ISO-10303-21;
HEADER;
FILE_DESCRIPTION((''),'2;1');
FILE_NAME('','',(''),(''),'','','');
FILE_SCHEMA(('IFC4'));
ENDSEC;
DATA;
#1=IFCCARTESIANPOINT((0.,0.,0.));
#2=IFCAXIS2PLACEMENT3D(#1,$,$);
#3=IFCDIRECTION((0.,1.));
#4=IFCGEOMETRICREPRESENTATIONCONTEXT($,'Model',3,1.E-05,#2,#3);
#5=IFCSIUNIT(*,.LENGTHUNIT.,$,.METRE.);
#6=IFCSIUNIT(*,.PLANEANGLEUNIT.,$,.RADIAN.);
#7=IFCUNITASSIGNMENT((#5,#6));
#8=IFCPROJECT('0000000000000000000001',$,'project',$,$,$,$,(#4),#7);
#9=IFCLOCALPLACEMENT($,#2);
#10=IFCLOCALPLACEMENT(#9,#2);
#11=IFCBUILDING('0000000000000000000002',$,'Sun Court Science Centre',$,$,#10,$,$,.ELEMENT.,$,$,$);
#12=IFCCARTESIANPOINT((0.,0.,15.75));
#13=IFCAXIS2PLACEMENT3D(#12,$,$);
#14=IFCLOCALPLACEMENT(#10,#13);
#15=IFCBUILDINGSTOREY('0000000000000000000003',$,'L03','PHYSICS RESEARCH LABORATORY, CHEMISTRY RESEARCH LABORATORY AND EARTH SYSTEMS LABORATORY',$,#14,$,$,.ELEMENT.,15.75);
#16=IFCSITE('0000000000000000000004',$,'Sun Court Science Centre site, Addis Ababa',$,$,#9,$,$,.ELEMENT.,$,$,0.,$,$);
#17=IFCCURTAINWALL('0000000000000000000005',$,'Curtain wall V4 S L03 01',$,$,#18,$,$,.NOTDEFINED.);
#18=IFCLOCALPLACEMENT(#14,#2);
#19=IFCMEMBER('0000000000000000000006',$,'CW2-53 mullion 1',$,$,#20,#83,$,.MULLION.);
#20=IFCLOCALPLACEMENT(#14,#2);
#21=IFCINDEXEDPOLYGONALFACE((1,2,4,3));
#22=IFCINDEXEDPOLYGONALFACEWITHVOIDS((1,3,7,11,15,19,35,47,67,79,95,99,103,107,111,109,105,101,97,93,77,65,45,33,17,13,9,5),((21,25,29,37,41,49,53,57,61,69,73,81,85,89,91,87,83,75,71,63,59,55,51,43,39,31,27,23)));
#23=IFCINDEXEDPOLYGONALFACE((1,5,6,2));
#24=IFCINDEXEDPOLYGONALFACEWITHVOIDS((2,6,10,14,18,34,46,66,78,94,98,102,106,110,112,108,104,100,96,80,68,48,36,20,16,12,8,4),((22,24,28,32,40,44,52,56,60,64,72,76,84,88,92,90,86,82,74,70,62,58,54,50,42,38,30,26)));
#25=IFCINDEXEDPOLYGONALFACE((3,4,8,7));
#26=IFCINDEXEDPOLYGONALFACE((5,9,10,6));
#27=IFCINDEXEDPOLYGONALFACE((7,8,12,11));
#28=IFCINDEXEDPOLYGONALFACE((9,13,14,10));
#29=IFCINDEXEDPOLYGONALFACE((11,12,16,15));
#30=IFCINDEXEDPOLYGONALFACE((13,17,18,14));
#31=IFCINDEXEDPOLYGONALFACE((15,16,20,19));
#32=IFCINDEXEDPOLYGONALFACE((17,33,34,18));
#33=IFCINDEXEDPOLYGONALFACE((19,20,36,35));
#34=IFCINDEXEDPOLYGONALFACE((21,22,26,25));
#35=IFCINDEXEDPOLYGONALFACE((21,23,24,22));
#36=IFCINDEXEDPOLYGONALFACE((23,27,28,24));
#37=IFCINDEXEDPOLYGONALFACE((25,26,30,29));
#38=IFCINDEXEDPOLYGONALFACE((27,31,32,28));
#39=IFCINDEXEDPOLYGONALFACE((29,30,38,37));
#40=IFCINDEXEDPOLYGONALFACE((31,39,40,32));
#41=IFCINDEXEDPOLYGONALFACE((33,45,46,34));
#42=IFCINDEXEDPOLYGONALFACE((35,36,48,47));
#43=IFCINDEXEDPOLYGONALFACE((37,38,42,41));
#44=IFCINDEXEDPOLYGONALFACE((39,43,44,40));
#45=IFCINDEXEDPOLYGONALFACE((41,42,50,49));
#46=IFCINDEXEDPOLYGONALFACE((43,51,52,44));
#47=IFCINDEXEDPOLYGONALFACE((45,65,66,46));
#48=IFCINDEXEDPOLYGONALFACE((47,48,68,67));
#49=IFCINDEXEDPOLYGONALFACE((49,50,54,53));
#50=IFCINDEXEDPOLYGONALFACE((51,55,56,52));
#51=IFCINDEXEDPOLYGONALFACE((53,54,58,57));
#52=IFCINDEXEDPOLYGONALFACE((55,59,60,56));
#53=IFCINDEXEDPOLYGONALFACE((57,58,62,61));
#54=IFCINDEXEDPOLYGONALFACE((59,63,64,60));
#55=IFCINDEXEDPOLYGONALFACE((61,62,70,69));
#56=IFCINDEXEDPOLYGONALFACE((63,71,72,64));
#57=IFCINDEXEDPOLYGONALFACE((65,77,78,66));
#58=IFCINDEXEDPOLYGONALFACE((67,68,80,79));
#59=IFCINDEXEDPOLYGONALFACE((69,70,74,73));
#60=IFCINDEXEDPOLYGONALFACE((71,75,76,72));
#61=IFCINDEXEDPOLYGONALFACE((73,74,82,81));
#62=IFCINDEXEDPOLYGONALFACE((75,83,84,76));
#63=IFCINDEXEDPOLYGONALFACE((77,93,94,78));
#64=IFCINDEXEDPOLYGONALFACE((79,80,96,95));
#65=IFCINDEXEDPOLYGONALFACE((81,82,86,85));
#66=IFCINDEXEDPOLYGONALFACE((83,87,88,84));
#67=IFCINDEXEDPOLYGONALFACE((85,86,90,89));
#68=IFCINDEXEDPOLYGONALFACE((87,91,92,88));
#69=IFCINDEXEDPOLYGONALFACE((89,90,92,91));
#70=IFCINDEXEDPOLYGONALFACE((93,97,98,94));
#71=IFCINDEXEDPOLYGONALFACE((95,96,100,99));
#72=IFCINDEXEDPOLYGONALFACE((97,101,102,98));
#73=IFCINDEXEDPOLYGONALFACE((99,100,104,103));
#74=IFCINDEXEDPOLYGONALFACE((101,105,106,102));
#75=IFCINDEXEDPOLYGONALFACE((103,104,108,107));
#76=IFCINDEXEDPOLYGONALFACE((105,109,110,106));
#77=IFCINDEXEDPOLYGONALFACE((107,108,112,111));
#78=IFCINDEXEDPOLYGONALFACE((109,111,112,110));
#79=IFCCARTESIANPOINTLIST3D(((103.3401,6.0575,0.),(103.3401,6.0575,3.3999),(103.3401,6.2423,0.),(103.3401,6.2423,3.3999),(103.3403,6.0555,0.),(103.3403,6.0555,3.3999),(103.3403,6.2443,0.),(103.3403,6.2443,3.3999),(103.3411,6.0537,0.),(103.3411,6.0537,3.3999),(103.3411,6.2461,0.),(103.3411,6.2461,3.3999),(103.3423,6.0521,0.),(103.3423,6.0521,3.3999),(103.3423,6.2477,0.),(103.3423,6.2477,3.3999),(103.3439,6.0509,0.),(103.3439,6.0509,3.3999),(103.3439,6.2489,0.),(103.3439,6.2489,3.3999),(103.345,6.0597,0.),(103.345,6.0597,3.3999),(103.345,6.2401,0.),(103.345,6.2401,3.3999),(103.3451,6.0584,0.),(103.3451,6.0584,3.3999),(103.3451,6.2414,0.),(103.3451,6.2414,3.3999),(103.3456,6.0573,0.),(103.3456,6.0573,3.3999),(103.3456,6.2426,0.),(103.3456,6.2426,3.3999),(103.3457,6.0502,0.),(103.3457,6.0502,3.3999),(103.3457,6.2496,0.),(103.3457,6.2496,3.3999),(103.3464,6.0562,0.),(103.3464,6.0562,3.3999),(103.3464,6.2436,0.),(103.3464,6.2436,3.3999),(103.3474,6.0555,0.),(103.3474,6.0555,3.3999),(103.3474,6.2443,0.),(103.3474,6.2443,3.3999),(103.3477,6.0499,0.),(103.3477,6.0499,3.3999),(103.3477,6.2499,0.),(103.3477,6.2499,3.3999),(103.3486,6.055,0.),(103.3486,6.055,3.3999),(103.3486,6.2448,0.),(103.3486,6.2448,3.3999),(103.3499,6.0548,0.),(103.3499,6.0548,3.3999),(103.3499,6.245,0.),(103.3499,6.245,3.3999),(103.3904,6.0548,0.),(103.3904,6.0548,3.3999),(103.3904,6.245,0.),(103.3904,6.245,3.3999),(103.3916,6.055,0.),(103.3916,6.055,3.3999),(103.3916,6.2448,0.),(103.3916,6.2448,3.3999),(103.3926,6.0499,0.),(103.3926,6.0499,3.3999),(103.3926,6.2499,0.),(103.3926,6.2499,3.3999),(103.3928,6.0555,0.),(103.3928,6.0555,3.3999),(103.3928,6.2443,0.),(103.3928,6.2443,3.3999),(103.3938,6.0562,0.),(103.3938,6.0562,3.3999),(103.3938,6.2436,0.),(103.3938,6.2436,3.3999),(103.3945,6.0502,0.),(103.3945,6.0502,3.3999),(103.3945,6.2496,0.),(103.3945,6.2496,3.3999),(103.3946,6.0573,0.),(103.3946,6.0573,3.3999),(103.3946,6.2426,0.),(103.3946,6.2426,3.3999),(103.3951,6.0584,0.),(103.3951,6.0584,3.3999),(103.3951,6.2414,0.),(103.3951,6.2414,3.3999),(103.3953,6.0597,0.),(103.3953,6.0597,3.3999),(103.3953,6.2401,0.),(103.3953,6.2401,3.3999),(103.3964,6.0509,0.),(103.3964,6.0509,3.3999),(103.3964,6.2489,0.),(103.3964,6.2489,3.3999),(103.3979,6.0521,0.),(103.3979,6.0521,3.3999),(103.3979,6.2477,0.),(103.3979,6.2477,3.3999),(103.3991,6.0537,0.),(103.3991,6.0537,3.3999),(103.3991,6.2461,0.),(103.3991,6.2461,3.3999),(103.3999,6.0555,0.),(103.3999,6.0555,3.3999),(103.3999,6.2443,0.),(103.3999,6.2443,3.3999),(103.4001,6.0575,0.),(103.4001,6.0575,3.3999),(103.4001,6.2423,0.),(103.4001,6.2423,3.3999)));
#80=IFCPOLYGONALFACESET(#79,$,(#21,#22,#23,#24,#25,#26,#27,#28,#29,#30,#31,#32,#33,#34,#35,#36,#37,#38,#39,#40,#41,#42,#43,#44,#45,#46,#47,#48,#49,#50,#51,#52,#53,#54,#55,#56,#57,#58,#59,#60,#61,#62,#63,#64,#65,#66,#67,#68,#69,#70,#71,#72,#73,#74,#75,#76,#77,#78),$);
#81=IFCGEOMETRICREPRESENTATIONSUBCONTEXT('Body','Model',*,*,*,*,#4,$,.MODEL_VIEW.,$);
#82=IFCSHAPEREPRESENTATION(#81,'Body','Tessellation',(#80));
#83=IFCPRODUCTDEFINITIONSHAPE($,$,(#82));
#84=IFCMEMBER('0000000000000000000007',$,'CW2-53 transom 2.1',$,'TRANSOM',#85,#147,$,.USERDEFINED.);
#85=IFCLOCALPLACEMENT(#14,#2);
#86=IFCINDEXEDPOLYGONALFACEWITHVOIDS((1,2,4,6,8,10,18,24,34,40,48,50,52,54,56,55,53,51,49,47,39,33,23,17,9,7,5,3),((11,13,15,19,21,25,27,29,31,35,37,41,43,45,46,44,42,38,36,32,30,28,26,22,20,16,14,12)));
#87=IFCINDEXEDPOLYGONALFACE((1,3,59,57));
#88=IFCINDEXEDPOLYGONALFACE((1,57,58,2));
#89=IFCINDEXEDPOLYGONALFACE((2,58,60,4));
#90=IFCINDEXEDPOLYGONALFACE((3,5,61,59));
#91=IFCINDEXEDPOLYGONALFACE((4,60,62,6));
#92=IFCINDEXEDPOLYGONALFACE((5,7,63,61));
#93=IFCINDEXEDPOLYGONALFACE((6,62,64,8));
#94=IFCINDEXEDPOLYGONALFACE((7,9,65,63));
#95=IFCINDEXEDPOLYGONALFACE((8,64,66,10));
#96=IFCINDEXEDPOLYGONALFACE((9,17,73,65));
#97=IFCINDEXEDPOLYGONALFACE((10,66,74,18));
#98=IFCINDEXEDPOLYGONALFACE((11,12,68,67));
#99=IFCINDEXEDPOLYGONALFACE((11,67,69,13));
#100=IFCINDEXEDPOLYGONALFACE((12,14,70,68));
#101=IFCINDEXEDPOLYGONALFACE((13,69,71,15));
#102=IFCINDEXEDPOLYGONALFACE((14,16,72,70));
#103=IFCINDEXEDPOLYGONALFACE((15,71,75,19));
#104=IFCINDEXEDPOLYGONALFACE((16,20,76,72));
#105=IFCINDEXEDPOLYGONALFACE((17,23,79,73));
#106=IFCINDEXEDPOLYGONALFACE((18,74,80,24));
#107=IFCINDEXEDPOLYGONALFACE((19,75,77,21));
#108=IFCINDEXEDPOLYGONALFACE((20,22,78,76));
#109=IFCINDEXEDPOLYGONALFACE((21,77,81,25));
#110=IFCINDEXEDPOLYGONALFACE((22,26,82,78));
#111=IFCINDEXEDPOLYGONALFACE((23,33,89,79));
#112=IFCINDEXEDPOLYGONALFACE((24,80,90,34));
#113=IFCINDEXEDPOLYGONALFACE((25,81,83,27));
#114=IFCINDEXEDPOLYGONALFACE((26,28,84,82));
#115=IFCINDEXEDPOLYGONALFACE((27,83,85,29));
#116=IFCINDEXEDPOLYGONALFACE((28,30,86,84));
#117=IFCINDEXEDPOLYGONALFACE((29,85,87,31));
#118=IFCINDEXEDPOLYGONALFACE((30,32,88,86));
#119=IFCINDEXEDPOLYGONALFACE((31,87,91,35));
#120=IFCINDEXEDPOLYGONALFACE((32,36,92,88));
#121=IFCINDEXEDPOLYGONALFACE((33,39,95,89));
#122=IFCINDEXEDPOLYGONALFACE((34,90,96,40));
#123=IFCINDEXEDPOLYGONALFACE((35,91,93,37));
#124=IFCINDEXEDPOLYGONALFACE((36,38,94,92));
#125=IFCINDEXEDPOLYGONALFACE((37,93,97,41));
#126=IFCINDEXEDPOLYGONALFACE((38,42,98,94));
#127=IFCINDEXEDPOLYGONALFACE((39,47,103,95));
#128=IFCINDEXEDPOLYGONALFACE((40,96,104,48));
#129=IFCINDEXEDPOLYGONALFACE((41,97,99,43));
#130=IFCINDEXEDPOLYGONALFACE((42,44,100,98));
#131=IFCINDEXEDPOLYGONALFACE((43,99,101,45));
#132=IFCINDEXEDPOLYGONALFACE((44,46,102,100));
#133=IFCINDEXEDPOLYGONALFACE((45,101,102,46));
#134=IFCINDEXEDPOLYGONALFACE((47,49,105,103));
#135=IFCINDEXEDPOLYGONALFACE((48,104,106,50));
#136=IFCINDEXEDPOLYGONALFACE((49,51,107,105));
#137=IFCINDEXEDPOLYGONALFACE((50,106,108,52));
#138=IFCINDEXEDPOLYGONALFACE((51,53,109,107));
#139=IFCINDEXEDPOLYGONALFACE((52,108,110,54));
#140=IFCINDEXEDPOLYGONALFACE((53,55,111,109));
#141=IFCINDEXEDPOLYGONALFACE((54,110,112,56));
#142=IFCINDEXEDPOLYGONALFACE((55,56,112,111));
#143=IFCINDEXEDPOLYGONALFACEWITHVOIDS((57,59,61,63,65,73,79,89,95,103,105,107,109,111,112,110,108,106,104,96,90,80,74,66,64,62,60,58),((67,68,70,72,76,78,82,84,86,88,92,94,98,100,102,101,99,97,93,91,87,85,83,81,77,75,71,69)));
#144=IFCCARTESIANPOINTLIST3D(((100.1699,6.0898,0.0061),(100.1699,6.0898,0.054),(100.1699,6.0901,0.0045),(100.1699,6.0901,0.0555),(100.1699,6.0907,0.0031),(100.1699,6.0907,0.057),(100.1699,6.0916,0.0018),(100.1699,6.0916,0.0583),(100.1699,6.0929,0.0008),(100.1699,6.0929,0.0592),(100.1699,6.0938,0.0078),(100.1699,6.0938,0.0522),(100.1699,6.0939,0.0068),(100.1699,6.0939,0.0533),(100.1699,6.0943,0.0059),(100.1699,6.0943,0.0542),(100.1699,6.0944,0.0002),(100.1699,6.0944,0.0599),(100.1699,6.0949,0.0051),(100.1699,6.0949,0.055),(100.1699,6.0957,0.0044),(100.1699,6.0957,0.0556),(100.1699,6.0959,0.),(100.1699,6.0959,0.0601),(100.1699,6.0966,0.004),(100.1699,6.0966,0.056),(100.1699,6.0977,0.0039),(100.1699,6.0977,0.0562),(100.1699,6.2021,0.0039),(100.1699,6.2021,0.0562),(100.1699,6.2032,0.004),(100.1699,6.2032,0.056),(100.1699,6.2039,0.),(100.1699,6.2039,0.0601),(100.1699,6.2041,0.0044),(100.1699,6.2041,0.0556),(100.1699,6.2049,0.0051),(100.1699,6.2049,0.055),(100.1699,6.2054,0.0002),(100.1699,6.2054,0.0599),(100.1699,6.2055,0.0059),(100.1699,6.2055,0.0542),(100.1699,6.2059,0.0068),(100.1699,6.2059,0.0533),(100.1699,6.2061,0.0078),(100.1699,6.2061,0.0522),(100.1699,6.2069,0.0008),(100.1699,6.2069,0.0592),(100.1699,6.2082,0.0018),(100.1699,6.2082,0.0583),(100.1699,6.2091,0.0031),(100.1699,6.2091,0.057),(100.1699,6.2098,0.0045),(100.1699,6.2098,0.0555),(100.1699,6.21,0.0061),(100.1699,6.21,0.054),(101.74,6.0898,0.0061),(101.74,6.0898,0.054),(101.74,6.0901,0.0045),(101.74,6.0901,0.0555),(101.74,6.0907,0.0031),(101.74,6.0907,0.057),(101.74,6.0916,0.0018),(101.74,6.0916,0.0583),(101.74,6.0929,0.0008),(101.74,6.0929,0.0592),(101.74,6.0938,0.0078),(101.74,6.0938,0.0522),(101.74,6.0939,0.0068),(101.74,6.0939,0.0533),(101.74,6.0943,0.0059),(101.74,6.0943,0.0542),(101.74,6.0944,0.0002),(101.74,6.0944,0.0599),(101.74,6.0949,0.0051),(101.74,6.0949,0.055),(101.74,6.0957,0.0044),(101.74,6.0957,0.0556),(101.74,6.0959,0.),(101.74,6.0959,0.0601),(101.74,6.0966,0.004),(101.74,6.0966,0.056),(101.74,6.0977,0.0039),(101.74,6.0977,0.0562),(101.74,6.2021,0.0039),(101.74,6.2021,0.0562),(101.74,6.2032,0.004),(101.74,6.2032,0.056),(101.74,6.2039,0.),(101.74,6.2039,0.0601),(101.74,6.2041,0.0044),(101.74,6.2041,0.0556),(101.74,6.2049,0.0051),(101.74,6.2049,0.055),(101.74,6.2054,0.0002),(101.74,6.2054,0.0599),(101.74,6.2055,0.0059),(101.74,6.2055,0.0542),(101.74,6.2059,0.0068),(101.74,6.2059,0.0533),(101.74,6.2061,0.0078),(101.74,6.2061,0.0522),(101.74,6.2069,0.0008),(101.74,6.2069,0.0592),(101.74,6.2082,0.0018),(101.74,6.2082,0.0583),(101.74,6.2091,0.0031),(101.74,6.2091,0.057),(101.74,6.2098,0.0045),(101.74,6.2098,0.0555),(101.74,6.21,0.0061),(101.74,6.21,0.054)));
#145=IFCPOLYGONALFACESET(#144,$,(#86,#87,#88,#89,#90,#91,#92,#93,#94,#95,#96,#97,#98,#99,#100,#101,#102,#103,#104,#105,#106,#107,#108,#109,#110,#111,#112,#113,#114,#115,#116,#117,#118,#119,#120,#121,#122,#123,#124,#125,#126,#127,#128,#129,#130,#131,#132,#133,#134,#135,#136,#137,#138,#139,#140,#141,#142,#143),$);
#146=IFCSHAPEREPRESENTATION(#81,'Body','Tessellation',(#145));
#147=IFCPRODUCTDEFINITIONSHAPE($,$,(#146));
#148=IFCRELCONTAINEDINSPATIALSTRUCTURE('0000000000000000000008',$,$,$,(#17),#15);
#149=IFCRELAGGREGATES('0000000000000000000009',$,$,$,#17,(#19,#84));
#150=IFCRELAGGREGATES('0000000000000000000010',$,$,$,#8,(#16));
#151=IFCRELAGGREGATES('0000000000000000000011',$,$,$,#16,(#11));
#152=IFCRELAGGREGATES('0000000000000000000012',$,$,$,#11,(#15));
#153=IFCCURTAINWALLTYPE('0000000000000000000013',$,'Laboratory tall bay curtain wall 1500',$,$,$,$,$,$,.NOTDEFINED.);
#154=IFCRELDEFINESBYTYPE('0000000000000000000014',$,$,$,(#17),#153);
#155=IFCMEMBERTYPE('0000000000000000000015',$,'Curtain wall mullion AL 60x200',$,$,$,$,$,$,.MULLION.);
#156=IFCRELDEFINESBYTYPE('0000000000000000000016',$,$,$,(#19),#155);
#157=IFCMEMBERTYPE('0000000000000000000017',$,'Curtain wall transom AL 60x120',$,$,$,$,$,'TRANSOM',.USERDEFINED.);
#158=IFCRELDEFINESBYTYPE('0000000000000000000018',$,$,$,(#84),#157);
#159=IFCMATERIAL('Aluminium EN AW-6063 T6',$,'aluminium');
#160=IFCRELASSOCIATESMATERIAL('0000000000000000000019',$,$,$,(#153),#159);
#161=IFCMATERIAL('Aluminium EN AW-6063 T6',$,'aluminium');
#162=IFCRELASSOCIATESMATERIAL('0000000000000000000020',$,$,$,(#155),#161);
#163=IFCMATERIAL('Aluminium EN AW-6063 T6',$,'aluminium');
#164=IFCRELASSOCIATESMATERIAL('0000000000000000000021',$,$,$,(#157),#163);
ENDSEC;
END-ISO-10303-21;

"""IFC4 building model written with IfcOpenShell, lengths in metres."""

from ifc_helpers import new_model, si_unit, direction, frame, origin, origin_2d, place, context, subcontext, project, spatial, hollow_rectangle, extrude, material, material_profile, profile_set, type_object, element, aggregate, save


model = new_model("IFC4")

# Units and contexts
model_context = context("Model", 3, precision=1e-05, world=origin(), true_north=direction((0.0, 1.0)))
body_context = subcontext(model_context, "Body", "Model", "MODEL_VIEW")
ifc_project = project(units=[si_unit("LENGTHUNIT", "METRE"), si_unit("PLANEANGLEUNIT", "RADIAN")], contexts=[model_context])

# Site, building, storey
site_placement = place(None, origin())
site = spatial("IfcSite", under=ifc_project, at=site_placement, Name="Sun Court Science Centre site, Addis Ababa", CompositionType="ELEMENT", RefElevation=0.0)
building_placement = place(site_placement, origin())
building = spatial("IfcBuilding", under=site, at=building_placement, Name="Sun Court Science Centre", CompositionType="ELEMENT")
storey_placement = place(building_placement, frame((0.0, 0.0, 15.75)))
storey = spatial("IfcBuildingStorey", under=building, at=storey_placement, Name="L03", Description="PHYSICS RESEARCH LABORATORY, CHEMISTRY RESEARCH LABORATORY AND EARTH SYSTEMS LABORATORY", CompositionType="ELEMENT", Elevation=15.75)

# Curtain wall, members
ifc_material_1 = material(Name="Aluminium EN AW-6063 T6", Category="aluminium")
curtain_wall_type = type_object("IfcCurtainWallType", Name="Laboratory tall bay curtain wall 1500", PredefinedType="NOTDEFINED", material=ifc_material_1)
curtain_wall_placement = place(storey_placement, origin())
curtain_wall = element("IfcCurtainWall", 1, at=curtain_wall_placement, inside=storey, type_object=curtain_wall_type, Name="Curtain wall V4 S L03 01", PredefinedType="NOTDEFINED")
ifc_material_2 = material(Name="Aluminium EN AW-6063 T6", Category="aluminium")
ifc_material_profile_1 = material_profile(ifc_material_2, hollow_rectangle(XDim=0.0601, YDim=0.2, WallThickness=0.0049, InnerFilletRadius=0.0049, OuterFilletRadius=0.0076, at=origin_2d()), Name="AL 60x200x5")
ifc_profile_set_1 = profile_set([ifc_material_profile_1], Name="Aluminium EN AW-6063 T6")
member_type_1 = type_object("IfcMemberType", Name="Curtain wall mullion AL 60x200", PredefinedType="MULLION", material=ifc_profile_set_1)
member_1_placement = place(storey_placement, frame((103.3701, 6.1499, 0.0), z_axis=(0.0, 0.0, 1.0), x_axis=(-1.0, 0.0, 0.0)))
member_1 = element("IfcMember", 2, at=member_1_placement, type_object=member_type_1, Name="CW2-53 mullion 1", PredefinedType="MULLION", context=body_context, shape_type="SweptSolid", body=[
    extrude(hollow_rectangle(XDim=0.0601, YDim=0.2, WallThickness=0.0049, InnerFilletRadius=0.0049, OuterFilletRadius=0.0076, at=origin_2d()), origin(), (0.0, 0.0, 1.0), 3.3999),
])
ifc_material_3 = material(Name="Aluminium EN AW-6063 T6", Category="aluminium")
ifc_material_profile_2 = material_profile(ifc_material_3, hollow_rectangle(XDim=0.0601, YDim=0.1201, WallThickness=0.0039, InnerFilletRadius=0.0039, OuterFilletRadius=0.0061, at=origin_2d()), Name="AL 60x120x4")
ifc_profile_set_2 = profile_set([ifc_material_profile_2], Name="Aluminium EN AW-6063 T6")
member_type_2 = type_object("IfcMemberType", Name="Curtain wall transom AL 60x120", ElementType="TRANSOM", PredefinedType="USERDEFINED", material=ifc_profile_set_2)
member_2_placement = place(storey_placement, frame((101.74, 6.1499, 0.03), z_axis=(-1.0, 0.0, 0.0), x_axis=(0.0, 0.0, 1.0)))
member_2 = element("IfcMember", 3, at=member_2_placement, type_object=member_type_2, Name="CW2-53 transom 2.1", ObjectType="TRANSOM", PredefinedType="USERDEFINED", context=body_context, shape_type="SweptSolid", body=[
    extrude(hollow_rectangle(XDim=0.0601, YDim=0.1201, WallThickness=0.0039, InnerFilletRadius=0.0039, OuterFilletRadius=0.0061, at=origin_2d()), origin(), (0.0, 0.0, 1.0), 1.5701),
])

aggregate(curtain_wall, [member_1, member_2])

save(model, "model.ifc")
